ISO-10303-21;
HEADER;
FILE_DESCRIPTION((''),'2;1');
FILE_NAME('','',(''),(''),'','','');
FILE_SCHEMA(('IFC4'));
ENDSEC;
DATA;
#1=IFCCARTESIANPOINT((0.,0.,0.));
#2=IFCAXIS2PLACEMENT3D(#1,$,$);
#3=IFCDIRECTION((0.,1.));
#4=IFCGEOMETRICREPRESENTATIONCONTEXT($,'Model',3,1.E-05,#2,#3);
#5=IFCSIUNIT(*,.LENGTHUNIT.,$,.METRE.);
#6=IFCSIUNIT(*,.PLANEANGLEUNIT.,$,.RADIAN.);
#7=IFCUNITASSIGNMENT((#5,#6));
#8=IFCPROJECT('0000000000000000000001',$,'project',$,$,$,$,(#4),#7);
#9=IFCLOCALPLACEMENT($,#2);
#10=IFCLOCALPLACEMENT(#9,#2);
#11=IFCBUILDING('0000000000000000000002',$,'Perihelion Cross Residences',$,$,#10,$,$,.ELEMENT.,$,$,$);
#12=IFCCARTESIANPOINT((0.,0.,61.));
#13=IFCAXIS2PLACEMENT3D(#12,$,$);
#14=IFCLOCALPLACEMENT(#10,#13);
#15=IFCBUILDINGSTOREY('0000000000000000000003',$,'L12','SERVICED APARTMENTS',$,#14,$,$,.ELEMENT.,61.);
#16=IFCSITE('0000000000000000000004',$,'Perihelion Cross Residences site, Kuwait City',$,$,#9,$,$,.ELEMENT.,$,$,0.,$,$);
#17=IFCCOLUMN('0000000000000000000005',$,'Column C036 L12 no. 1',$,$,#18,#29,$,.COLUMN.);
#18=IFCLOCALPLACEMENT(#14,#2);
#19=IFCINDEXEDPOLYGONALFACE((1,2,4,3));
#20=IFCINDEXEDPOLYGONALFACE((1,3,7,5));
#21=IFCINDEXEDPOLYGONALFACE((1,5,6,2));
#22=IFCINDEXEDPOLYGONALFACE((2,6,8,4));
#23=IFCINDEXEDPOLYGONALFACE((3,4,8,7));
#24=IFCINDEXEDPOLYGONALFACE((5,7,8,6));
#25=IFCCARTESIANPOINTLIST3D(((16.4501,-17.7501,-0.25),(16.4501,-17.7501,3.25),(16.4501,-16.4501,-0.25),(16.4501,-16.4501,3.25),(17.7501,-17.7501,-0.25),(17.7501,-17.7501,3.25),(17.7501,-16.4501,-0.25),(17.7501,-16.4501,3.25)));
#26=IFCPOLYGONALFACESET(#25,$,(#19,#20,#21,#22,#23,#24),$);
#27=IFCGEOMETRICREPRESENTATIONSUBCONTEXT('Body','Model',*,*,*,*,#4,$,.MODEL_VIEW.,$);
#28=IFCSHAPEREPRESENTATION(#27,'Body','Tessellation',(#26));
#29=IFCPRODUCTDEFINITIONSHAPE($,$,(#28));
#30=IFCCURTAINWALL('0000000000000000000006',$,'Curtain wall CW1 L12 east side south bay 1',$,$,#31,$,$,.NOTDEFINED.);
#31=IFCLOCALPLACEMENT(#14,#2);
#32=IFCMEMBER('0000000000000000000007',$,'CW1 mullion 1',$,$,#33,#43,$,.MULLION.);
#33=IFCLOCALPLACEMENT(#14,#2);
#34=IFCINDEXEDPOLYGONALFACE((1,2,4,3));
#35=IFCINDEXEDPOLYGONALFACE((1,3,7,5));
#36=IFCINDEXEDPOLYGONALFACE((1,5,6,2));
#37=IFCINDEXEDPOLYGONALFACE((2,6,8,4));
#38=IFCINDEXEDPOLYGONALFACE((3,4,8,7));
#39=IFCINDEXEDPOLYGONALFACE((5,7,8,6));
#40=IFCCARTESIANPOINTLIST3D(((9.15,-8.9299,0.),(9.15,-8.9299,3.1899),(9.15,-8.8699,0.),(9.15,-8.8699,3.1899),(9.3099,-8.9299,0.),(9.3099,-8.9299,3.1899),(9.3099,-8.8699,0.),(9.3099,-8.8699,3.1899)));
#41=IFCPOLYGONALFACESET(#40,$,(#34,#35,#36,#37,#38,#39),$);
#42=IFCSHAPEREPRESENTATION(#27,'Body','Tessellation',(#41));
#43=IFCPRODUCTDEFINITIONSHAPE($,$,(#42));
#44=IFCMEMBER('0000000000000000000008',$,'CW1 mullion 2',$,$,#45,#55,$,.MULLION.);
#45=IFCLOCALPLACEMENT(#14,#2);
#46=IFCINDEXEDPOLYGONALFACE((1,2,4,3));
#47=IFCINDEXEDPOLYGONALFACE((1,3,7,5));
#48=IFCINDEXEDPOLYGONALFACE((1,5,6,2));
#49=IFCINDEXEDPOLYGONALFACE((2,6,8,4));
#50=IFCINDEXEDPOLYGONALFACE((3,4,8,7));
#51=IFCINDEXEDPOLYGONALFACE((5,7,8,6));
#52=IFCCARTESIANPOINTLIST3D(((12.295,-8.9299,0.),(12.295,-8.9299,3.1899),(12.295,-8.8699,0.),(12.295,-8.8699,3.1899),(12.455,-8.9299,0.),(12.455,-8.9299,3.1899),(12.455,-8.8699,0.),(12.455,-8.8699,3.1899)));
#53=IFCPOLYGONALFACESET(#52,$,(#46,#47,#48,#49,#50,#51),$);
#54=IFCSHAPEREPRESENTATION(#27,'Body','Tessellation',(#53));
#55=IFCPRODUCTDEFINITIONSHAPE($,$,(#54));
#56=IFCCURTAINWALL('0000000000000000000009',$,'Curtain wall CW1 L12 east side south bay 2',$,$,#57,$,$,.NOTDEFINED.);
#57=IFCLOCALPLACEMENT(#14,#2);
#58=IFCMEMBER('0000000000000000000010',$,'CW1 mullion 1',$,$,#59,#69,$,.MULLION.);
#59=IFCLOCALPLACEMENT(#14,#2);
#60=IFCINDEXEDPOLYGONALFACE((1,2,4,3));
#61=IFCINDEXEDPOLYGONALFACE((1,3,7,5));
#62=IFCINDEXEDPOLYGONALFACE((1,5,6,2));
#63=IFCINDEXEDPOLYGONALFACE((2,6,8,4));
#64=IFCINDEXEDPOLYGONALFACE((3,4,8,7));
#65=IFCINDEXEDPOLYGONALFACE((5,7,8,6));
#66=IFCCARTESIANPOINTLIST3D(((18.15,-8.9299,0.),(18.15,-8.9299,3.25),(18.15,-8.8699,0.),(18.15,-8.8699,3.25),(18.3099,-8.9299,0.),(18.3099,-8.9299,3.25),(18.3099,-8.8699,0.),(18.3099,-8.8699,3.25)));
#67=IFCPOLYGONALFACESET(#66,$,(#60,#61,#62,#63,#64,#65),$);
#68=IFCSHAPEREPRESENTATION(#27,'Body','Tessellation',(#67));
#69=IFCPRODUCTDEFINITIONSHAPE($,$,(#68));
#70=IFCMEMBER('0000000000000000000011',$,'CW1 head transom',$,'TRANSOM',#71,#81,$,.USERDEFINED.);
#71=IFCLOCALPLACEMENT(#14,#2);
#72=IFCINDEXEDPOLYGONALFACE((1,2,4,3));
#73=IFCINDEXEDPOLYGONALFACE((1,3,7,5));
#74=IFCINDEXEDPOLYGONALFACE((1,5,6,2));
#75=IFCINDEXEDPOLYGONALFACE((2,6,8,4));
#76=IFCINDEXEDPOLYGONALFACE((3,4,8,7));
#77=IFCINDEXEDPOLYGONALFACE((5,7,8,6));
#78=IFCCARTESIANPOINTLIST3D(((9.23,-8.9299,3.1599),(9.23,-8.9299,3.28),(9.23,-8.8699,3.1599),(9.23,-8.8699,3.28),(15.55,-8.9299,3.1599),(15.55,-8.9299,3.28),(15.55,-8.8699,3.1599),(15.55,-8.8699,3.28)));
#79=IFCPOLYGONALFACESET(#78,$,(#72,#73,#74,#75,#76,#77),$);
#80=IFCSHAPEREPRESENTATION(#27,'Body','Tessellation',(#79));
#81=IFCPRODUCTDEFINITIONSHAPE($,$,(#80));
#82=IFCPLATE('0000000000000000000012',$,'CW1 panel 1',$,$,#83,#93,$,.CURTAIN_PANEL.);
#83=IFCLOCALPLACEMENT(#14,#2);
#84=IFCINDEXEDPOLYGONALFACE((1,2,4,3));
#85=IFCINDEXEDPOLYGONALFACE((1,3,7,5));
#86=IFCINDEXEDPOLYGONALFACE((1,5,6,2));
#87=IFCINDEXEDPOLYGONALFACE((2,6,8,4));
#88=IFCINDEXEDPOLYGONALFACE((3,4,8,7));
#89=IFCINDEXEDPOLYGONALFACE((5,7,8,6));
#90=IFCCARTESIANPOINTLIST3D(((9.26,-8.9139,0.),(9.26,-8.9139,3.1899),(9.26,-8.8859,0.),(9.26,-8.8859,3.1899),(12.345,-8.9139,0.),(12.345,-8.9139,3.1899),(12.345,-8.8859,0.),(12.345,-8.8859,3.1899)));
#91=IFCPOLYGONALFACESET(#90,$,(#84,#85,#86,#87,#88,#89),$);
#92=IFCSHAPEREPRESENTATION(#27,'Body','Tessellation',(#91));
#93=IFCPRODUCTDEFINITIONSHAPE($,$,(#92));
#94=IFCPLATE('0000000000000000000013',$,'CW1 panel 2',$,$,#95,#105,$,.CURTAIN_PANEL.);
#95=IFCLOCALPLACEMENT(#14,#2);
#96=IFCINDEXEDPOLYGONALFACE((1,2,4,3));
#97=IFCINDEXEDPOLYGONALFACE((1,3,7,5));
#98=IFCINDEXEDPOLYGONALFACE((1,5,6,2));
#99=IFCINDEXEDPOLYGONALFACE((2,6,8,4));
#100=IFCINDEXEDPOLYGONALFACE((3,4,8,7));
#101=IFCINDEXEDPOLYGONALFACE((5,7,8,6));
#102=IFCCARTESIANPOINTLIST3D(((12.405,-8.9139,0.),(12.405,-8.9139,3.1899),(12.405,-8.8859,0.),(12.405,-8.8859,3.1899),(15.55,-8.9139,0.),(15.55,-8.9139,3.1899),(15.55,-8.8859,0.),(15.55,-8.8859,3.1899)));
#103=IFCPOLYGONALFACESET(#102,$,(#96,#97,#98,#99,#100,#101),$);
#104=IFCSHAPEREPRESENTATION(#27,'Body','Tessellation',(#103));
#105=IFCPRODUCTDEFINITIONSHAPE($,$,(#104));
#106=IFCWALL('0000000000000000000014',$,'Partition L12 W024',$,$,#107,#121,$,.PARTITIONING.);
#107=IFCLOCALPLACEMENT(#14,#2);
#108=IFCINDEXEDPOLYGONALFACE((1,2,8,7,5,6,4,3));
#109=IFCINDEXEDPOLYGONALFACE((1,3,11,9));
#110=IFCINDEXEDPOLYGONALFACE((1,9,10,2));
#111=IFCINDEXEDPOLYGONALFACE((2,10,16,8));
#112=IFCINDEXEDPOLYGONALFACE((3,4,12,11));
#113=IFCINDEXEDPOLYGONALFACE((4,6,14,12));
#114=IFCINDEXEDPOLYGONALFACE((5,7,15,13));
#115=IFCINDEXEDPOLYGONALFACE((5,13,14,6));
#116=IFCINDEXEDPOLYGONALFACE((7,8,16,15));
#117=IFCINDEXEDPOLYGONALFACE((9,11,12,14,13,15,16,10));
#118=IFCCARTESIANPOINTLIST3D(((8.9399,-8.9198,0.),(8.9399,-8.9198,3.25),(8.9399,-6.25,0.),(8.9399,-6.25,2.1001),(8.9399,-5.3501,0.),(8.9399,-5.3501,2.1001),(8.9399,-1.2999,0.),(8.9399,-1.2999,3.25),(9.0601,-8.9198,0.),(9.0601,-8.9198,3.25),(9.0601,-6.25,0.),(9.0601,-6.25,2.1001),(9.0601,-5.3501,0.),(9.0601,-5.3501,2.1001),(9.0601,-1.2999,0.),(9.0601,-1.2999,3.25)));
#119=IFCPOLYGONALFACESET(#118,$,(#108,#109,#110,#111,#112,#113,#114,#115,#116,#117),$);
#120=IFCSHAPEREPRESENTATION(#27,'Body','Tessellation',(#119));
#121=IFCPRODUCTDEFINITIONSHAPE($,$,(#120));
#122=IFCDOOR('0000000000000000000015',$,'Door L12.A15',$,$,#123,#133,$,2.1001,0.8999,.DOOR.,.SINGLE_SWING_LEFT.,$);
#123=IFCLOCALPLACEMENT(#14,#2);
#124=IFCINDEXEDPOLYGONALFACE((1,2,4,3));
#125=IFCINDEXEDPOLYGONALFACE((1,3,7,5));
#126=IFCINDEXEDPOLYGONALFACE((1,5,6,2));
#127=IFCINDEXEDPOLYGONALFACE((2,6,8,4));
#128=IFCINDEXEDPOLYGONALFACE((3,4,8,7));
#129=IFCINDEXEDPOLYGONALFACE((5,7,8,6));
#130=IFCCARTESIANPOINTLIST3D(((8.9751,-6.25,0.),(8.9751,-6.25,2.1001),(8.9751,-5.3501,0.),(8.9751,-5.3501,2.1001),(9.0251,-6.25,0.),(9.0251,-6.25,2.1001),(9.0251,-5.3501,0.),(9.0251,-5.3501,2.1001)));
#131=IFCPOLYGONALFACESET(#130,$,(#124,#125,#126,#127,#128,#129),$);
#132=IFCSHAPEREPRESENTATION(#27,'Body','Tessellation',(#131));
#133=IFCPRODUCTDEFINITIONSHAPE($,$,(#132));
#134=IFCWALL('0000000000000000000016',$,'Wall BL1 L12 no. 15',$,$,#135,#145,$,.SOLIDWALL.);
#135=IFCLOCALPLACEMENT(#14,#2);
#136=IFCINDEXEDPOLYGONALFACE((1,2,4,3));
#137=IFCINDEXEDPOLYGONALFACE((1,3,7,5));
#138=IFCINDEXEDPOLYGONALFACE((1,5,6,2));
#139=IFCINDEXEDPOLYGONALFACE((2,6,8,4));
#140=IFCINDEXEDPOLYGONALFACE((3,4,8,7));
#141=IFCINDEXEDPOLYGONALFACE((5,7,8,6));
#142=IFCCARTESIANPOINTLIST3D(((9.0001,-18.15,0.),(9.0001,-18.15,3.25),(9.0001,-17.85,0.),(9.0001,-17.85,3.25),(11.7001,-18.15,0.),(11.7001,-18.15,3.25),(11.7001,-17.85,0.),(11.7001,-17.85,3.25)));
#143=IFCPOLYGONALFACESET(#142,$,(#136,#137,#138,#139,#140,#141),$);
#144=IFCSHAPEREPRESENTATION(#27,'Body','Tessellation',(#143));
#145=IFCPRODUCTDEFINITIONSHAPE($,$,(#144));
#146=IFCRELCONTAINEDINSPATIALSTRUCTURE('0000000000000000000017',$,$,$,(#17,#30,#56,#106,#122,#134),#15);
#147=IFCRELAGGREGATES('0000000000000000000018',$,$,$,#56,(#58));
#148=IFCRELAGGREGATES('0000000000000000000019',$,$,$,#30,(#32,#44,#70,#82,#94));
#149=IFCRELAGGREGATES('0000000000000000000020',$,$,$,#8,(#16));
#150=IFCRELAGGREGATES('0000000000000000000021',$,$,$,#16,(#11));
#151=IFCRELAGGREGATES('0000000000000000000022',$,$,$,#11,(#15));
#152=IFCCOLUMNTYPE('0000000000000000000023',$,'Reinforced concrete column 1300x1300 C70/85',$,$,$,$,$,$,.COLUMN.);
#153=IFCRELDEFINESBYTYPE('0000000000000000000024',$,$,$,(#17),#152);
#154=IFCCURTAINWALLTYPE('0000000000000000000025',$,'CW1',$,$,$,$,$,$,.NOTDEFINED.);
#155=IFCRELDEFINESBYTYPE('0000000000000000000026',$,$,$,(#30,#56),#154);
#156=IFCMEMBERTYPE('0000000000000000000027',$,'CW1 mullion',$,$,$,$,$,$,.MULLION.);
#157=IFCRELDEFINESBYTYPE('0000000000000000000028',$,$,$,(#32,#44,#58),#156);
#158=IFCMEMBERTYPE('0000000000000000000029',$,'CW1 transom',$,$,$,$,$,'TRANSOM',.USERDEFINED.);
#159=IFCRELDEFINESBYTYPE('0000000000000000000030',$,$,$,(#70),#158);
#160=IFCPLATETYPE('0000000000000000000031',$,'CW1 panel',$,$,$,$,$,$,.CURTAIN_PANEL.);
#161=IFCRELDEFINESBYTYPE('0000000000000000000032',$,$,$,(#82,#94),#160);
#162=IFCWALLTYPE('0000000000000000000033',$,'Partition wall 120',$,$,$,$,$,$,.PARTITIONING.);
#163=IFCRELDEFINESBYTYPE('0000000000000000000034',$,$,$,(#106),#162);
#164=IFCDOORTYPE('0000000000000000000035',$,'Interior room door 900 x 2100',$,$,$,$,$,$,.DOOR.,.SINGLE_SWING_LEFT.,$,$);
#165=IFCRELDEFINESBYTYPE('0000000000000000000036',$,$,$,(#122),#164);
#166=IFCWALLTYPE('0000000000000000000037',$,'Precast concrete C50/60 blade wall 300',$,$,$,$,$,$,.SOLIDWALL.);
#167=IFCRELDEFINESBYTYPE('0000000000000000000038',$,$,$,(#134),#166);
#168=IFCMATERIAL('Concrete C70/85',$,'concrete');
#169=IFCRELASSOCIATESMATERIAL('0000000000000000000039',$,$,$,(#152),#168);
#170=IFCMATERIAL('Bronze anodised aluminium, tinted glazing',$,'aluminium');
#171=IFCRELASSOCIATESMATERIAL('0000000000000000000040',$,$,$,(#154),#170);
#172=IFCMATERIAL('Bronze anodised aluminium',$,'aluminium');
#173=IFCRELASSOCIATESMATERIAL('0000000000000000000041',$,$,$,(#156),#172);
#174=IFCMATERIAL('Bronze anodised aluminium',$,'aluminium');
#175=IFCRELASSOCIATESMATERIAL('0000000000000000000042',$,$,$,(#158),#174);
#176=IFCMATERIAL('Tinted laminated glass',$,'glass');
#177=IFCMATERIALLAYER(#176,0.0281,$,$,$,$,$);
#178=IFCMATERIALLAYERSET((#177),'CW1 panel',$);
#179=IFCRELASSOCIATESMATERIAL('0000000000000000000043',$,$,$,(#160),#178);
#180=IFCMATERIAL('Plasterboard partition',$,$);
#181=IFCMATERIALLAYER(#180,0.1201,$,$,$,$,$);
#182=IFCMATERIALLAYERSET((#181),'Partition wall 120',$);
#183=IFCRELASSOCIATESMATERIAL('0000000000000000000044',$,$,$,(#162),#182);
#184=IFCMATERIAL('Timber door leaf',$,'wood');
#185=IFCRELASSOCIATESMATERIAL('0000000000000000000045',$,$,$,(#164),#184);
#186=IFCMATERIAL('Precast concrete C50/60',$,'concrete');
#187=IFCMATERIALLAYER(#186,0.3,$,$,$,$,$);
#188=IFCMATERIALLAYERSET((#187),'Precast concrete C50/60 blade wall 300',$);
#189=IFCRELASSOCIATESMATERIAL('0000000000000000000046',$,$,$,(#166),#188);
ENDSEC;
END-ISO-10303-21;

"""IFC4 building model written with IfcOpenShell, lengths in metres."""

from ifc_helpers import new_model, si_unit, direction, frame, frame_2d, origin, origin_2d, place, context, subcontext, project, spatial, rectangle, extrude, material, layer, layer_set, material_profile, profile_set, type_object, element, fill, aggregate, save


model = new_model("IFC4")

# Units and contexts
model_context = context("Model", 3, precision=1e-05, world=origin(), true_north=direction((0.0, 1.0)))
body_context = subcontext(model_context, "Body", "Model", "MODEL_VIEW")
ifc_project = project(units=[si_unit("LENGTHUNIT", "METRE"), si_unit("PLANEANGLEUNIT", "RADIAN")], contexts=[model_context])

# Site, building, storey
site_placement = place(None, origin())
site = spatial("IfcSite", under=ifc_project, at=site_placement, Name="Perihelion Cross Residences site, Kuwait City", CompositionType="ELEMENT", RefElevation=0.0)
building_placement = place(site_placement, origin())
building = spatial("IfcBuilding", under=site, at=building_placement, Name="Perihelion Cross Residences", CompositionType="ELEMENT")
storey_placement = place(building_placement, frame((0.0, 0.0, 61.0)))
storey = spatial("IfcBuildingStorey", under=building, at=storey_placement, Name="L12", Description="SERVICED APARTMENTS", CompositionType="ELEMENT", Elevation=61.0)

# Column
ifc_material_1 = material(Name="Concrete C70/85", Category="concrete")
ifc_material_profile_1 = material_profile(ifc_material_1, rectangle(XDim=1.3, YDim=1.3, at=origin_2d()), Name="RC 1300x1300")
ifc_profile_set_1 = profile_set([ifc_material_profile_1], Name="Concrete C70/85")
column_type = type_object("IfcColumnType", Name="Reinforced concrete column 1300x1300 C70/85", PredefinedType="COLUMN", material=ifc_profile_set_1)
column_placement = place(storey_placement, frame((17.1001, -17.1001, -0.25), z_axis=(0.0, 0.0, 1.0), x_axis=(1.0, 0.0, 0.0)))
element("IfcColumn", 1, at=column_placement, inside=storey, type_object=column_type, Name="Column C036 L12 no. 1", PredefinedType="COLUMN", context=body_context, shape_type="SweptSolid", body=[
    extrude(rectangle(XDim=1.3, YDim=1.3, at=origin_2d()), origin(), (0.0, 0.0, 1.0), 3.5),
])

# Curtain wall, members
ifc_material_2 = material(Name="Bronze anodised aluminium, tinted glazing", Category="aluminium")
curtain_wall_type = type_object("IfcCurtainWallType", Name="CW1", PredefinedType="NOTDEFINED", material=ifc_material_2)
curtain_wall_1_placement = place(storey_placement, origin())
curtain_wall_1 = element("IfcCurtainWall", 2, at=curtain_wall_1_placement, inside=storey, type_object=curtain_wall_type, Name="Curtain wall CW1 L12 east side south bay 1", PredefinedType="NOTDEFINED")
ifc_material_3 = material(Name="Bronze anodised aluminium", Category="aluminium")
ifc_material_profile_2 = material_profile(ifc_material_3, rectangle(XDim=0.0601, YDim=0.1599, at=origin_2d()), Name="CW1 mullion")
ifc_profile_set_2 = profile_set([ifc_material_profile_2], Name="Bronze anodised aluminium")
member_type_1 = type_object("IfcMemberType", Name="CW1 mullion", PredefinedType="MULLION", material=ifc_profile_set_2)
member_1_placement = place(storey_placement, frame((9.23, -8.8999, 0.0), z_axis=(0.0, 0.0, 1.0), x_axis=(0.0, 1.0, 0.0)))
member_1 = element("IfcMember", 3, at=member_1_placement, type_object=member_type_1, Name="CW1 mullion 1", PredefinedType="MULLION", context=body_context, shape_type="SweptSolid", body=[
    extrude(rectangle(XDim=0.0601, YDim=0.1599, at=origin_2d()), origin(), (0.0, 0.0, 1.0), 3.1899),
])
member_2_placement = place(storey_placement, frame((12.375, -8.8999, 0.0), z_axis=(0.0, 0.0, 1.0), x_axis=(0.0, 1.0, 0.0)))
member_2 = element("IfcMember", 4, at=member_2_placement, type_object=member_type_1, Name="CW1 mullion 2", PredefinedType="MULLION", context=body_context, shape_type="SweptSolid", body=[
    extrude(rectangle(XDim=0.0601, YDim=0.1599, at=origin_2d()), origin(), (0.0, 0.0, 1.0), 3.1899),
])

# Curtain wall, member
curtain_wall_2_placement = place(storey_placement, origin())
curtain_wall_2 = element("IfcCurtainWall", 5, at=curtain_wall_2_placement, inside=storey, type_object=curtain_wall_type, Name="Curtain wall CW1 L12 east side south bay 2", PredefinedType="NOTDEFINED")
member_3_placement = place(storey_placement, frame((18.23, -8.8999, 0.0), z_axis=(0.0, 0.0, 1.0), x_axis=(0.0, 1.0, 0.0)))
member_3 = element("IfcMember", 6, at=member_3_placement, type_object=member_type_1, Name="CW1 mullion 1", PredefinedType="MULLION", context=body_context, shape_type="SweptSolid", body=[
    extrude(rectangle(XDim=0.0601, YDim=0.1599, at=origin_2d()), origin(), (0.0, 0.0, 1.0), 3.25),
])
aggregate(curtain_wall_2, [member_3])

# Member
ifc_material_4 = material(Name="Bronze anodised aluminium", Category="aluminium")
ifc_material_profile_3 = material_profile(ifc_material_4, rectangle(XDim=0.0601, YDim=0.1201, at=origin_2d()), Name="CW1 transom")
ifc_profile_set_3 = profile_set([ifc_material_profile_3], Name="Bronze anodised aluminium")
member_type_2 = type_object("IfcMemberType", Name="CW1 transom", ElementType="TRANSOM", PredefinedType="USERDEFINED", material=ifc_profile_set_3)
member_4_placement = place(storey_placement, frame((9.23, -8.8999, 3.22), z_axis=(1.0, 0.0, 0.0), x_axis=(0.0, 1.0, 0.0)))
member_4 = element("IfcMember", 7, at=member_4_placement, type_object=member_type_2, Name="CW1 head transom", ObjectType="TRANSOM", PredefinedType="USERDEFINED", context=body_context, shape_type="SweptSolid", body=[
    extrude(rectangle(XDim=0.0601, YDim=0.1201, at=origin_2d()), origin(), (0.0, 0.0, 1.0), 6.3201),
])

# Plates
ifc_material_5 = material(Name="Tinted laminated glass", Category="glass")
ifc_layer_1 = layer(ifc_material_5, 0.0281)
ifc_layer_set_1 = layer_set([ifc_layer_1], Name="CW1 panel")
plate_type = type_object("IfcPlateType", Name="CW1 panel", PredefinedType="CURTAIN_PANEL", material=ifc_layer_set_1)
plate_1_placement = place(storey_placement, frame((10.8025, -8.8999, 0.0), z_axis=(0.0, 0.0, 1.0), x_axis=(1.0, 0.0, 0.0)))
plate_1 = element("IfcPlate", 8, at=plate_1_placement, type_object=plate_type, Name="CW1 panel 1", PredefinedType="CURTAIN_PANEL", context=body_context, shape_type="SweptSolid", body=[
    extrude(rectangle(XDim=3.085, YDim=0.0281, at=origin_2d()), origin(), (0.0, 0.0, 1.0), 3.1899),
])
plate_2_placement = place(storey_placement, frame((13.9775, -8.8999, 0.0), z_axis=(0.0, 0.0, 1.0), x_axis=(1.0, 0.0, 0.0)))
plate_2 = element("IfcPlate", 9, at=plate_2_placement, type_object=plate_type, Name="CW1 panel 2", PredefinedType="CURTAIN_PANEL", context=body_context, shape_type="SweptSolid", body=[
    extrude(rectangle(XDim=3.145, YDim=0.0281, at=origin_2d()), origin(), (0.0, 0.0, 1.0), 3.1899),
])
aggregate(curtain_wall_1, [member_1, member_2, member_4, plate_1, plate_2])

# Wall, opening, door
ifc_material_6 = material(Name="Plasterboard partition")
ifc_layer_2 = layer(ifc_material_6, 0.1201)
ifc_layer_set_2 = layer_set([ifc_layer_2], Name="Partition wall 120")
wall_type_1 = type_object("IfcWallType", Name="Partition wall 120", PredefinedType="PARTITIONING", material=ifc_layer_set_2)
wall_1_placement = place(storey_placement, frame((9.0, -8.9199, 0.0), z_axis=(0.0, 0.0, 1.0), x_axis=(0.0, 1.0, 0.0)))
wall_1 = element("IfcWall", 10, at=wall_1_placement, inside=storey, type_object=wall_type_1, Name="Partition L12 W024", PredefinedType="PARTITIONING", context=body_context, shape_type="SweptSolid", body=[
    extrude(rectangle(XDim=7.6199, YDim=0.1201, at=frame_2d((3.8101, 0.0))), origin(), (0.0, 0.0, 1.0), 3.25),
])
opening_placement = place(wall_1_placement, frame((2.6699, 0.0, 0.0)))
opening = element("IfcOpeningElement", 11, at=opening_placement, cuts=wall_1, PredefinedType="OPENING", context=body_context, shape_type="SweptSolid", body=[
    extrude(rectangle(XDim=0.8999, YDim=2.1001, at=frame_2d((0.45, 1.05))), frame((0.0, 0.0701, 0.0), z_axis=(0.0, -1.0, 0.0), x_axis=(1.0, 0.0, 0.0)), (0.0, 0.0, 1.0), 0.1401),
])
ifc_material_7 = material(Name="Timber door leaf", Category="wood")
door_type = type_object("IfcDoorType", Name="Interior room door 900 x 2100", OperationType="SINGLE_SWING_LEFT", PredefinedType="DOOR", material=ifc_material_7)
door_placement = place(opening_placement, origin())
door = element("IfcDoor", 12, at=door_placement, inside=storey, type_object=door_type, Name="Door L12.A15", OperationType="SINGLE_SWING_LEFT", OverallHeight=2.1001, OverallWidth=0.8999, PredefinedType="DOOR", context=body_context, shape_type="SweptSolid", body=[
    extrude(rectangle(XDim=0.8999, YDim=2.1001, at=frame_2d((0.45, 1.05))), frame((0.0, 0.0249, 0.0), z_axis=(0.0, -1.0, 0.0), x_axis=(1.0, 0.0, 0.0)), (0.0, 0.0, 1.0), 0.05),
])
fill(opening, door)

# Wall
ifc_material_8 = material(Name="Precast concrete C50/60", Category="concrete")
ifc_layer_3 = layer(ifc_material_8, 0.3)
ifc_layer_set_3 = layer_set([ifc_layer_3], Name="Precast concrete C50/60 blade wall 300")
wall_type_2 = type_object("IfcWallType", Name="Precast concrete C50/60 blade wall 300", PredefinedType="SOLIDWALL", material=ifc_layer_set_3)
wall_2_placement = place(storey_placement, frame((9.0, -18.0, 0.0), z_axis=(0.0, 0.0, 1.0), x_axis=(1.0, 0.0, 0.0)))
element("IfcWall", 13, at=wall_2_placement, inside=storey, type_object=wall_type_2, Name="Wall BL1 L12 no. 15", PredefinedType="SOLIDWALL", context=body_context, shape_type="SweptSolid", body=[
    extrude(rectangle(XDim=2.7, YDim=0.3, at=frame_2d((1.3501, 0.0))), origin(), (0.0, 0.0, 1.0), 3.25),
])

save(model, "model.ifc")
